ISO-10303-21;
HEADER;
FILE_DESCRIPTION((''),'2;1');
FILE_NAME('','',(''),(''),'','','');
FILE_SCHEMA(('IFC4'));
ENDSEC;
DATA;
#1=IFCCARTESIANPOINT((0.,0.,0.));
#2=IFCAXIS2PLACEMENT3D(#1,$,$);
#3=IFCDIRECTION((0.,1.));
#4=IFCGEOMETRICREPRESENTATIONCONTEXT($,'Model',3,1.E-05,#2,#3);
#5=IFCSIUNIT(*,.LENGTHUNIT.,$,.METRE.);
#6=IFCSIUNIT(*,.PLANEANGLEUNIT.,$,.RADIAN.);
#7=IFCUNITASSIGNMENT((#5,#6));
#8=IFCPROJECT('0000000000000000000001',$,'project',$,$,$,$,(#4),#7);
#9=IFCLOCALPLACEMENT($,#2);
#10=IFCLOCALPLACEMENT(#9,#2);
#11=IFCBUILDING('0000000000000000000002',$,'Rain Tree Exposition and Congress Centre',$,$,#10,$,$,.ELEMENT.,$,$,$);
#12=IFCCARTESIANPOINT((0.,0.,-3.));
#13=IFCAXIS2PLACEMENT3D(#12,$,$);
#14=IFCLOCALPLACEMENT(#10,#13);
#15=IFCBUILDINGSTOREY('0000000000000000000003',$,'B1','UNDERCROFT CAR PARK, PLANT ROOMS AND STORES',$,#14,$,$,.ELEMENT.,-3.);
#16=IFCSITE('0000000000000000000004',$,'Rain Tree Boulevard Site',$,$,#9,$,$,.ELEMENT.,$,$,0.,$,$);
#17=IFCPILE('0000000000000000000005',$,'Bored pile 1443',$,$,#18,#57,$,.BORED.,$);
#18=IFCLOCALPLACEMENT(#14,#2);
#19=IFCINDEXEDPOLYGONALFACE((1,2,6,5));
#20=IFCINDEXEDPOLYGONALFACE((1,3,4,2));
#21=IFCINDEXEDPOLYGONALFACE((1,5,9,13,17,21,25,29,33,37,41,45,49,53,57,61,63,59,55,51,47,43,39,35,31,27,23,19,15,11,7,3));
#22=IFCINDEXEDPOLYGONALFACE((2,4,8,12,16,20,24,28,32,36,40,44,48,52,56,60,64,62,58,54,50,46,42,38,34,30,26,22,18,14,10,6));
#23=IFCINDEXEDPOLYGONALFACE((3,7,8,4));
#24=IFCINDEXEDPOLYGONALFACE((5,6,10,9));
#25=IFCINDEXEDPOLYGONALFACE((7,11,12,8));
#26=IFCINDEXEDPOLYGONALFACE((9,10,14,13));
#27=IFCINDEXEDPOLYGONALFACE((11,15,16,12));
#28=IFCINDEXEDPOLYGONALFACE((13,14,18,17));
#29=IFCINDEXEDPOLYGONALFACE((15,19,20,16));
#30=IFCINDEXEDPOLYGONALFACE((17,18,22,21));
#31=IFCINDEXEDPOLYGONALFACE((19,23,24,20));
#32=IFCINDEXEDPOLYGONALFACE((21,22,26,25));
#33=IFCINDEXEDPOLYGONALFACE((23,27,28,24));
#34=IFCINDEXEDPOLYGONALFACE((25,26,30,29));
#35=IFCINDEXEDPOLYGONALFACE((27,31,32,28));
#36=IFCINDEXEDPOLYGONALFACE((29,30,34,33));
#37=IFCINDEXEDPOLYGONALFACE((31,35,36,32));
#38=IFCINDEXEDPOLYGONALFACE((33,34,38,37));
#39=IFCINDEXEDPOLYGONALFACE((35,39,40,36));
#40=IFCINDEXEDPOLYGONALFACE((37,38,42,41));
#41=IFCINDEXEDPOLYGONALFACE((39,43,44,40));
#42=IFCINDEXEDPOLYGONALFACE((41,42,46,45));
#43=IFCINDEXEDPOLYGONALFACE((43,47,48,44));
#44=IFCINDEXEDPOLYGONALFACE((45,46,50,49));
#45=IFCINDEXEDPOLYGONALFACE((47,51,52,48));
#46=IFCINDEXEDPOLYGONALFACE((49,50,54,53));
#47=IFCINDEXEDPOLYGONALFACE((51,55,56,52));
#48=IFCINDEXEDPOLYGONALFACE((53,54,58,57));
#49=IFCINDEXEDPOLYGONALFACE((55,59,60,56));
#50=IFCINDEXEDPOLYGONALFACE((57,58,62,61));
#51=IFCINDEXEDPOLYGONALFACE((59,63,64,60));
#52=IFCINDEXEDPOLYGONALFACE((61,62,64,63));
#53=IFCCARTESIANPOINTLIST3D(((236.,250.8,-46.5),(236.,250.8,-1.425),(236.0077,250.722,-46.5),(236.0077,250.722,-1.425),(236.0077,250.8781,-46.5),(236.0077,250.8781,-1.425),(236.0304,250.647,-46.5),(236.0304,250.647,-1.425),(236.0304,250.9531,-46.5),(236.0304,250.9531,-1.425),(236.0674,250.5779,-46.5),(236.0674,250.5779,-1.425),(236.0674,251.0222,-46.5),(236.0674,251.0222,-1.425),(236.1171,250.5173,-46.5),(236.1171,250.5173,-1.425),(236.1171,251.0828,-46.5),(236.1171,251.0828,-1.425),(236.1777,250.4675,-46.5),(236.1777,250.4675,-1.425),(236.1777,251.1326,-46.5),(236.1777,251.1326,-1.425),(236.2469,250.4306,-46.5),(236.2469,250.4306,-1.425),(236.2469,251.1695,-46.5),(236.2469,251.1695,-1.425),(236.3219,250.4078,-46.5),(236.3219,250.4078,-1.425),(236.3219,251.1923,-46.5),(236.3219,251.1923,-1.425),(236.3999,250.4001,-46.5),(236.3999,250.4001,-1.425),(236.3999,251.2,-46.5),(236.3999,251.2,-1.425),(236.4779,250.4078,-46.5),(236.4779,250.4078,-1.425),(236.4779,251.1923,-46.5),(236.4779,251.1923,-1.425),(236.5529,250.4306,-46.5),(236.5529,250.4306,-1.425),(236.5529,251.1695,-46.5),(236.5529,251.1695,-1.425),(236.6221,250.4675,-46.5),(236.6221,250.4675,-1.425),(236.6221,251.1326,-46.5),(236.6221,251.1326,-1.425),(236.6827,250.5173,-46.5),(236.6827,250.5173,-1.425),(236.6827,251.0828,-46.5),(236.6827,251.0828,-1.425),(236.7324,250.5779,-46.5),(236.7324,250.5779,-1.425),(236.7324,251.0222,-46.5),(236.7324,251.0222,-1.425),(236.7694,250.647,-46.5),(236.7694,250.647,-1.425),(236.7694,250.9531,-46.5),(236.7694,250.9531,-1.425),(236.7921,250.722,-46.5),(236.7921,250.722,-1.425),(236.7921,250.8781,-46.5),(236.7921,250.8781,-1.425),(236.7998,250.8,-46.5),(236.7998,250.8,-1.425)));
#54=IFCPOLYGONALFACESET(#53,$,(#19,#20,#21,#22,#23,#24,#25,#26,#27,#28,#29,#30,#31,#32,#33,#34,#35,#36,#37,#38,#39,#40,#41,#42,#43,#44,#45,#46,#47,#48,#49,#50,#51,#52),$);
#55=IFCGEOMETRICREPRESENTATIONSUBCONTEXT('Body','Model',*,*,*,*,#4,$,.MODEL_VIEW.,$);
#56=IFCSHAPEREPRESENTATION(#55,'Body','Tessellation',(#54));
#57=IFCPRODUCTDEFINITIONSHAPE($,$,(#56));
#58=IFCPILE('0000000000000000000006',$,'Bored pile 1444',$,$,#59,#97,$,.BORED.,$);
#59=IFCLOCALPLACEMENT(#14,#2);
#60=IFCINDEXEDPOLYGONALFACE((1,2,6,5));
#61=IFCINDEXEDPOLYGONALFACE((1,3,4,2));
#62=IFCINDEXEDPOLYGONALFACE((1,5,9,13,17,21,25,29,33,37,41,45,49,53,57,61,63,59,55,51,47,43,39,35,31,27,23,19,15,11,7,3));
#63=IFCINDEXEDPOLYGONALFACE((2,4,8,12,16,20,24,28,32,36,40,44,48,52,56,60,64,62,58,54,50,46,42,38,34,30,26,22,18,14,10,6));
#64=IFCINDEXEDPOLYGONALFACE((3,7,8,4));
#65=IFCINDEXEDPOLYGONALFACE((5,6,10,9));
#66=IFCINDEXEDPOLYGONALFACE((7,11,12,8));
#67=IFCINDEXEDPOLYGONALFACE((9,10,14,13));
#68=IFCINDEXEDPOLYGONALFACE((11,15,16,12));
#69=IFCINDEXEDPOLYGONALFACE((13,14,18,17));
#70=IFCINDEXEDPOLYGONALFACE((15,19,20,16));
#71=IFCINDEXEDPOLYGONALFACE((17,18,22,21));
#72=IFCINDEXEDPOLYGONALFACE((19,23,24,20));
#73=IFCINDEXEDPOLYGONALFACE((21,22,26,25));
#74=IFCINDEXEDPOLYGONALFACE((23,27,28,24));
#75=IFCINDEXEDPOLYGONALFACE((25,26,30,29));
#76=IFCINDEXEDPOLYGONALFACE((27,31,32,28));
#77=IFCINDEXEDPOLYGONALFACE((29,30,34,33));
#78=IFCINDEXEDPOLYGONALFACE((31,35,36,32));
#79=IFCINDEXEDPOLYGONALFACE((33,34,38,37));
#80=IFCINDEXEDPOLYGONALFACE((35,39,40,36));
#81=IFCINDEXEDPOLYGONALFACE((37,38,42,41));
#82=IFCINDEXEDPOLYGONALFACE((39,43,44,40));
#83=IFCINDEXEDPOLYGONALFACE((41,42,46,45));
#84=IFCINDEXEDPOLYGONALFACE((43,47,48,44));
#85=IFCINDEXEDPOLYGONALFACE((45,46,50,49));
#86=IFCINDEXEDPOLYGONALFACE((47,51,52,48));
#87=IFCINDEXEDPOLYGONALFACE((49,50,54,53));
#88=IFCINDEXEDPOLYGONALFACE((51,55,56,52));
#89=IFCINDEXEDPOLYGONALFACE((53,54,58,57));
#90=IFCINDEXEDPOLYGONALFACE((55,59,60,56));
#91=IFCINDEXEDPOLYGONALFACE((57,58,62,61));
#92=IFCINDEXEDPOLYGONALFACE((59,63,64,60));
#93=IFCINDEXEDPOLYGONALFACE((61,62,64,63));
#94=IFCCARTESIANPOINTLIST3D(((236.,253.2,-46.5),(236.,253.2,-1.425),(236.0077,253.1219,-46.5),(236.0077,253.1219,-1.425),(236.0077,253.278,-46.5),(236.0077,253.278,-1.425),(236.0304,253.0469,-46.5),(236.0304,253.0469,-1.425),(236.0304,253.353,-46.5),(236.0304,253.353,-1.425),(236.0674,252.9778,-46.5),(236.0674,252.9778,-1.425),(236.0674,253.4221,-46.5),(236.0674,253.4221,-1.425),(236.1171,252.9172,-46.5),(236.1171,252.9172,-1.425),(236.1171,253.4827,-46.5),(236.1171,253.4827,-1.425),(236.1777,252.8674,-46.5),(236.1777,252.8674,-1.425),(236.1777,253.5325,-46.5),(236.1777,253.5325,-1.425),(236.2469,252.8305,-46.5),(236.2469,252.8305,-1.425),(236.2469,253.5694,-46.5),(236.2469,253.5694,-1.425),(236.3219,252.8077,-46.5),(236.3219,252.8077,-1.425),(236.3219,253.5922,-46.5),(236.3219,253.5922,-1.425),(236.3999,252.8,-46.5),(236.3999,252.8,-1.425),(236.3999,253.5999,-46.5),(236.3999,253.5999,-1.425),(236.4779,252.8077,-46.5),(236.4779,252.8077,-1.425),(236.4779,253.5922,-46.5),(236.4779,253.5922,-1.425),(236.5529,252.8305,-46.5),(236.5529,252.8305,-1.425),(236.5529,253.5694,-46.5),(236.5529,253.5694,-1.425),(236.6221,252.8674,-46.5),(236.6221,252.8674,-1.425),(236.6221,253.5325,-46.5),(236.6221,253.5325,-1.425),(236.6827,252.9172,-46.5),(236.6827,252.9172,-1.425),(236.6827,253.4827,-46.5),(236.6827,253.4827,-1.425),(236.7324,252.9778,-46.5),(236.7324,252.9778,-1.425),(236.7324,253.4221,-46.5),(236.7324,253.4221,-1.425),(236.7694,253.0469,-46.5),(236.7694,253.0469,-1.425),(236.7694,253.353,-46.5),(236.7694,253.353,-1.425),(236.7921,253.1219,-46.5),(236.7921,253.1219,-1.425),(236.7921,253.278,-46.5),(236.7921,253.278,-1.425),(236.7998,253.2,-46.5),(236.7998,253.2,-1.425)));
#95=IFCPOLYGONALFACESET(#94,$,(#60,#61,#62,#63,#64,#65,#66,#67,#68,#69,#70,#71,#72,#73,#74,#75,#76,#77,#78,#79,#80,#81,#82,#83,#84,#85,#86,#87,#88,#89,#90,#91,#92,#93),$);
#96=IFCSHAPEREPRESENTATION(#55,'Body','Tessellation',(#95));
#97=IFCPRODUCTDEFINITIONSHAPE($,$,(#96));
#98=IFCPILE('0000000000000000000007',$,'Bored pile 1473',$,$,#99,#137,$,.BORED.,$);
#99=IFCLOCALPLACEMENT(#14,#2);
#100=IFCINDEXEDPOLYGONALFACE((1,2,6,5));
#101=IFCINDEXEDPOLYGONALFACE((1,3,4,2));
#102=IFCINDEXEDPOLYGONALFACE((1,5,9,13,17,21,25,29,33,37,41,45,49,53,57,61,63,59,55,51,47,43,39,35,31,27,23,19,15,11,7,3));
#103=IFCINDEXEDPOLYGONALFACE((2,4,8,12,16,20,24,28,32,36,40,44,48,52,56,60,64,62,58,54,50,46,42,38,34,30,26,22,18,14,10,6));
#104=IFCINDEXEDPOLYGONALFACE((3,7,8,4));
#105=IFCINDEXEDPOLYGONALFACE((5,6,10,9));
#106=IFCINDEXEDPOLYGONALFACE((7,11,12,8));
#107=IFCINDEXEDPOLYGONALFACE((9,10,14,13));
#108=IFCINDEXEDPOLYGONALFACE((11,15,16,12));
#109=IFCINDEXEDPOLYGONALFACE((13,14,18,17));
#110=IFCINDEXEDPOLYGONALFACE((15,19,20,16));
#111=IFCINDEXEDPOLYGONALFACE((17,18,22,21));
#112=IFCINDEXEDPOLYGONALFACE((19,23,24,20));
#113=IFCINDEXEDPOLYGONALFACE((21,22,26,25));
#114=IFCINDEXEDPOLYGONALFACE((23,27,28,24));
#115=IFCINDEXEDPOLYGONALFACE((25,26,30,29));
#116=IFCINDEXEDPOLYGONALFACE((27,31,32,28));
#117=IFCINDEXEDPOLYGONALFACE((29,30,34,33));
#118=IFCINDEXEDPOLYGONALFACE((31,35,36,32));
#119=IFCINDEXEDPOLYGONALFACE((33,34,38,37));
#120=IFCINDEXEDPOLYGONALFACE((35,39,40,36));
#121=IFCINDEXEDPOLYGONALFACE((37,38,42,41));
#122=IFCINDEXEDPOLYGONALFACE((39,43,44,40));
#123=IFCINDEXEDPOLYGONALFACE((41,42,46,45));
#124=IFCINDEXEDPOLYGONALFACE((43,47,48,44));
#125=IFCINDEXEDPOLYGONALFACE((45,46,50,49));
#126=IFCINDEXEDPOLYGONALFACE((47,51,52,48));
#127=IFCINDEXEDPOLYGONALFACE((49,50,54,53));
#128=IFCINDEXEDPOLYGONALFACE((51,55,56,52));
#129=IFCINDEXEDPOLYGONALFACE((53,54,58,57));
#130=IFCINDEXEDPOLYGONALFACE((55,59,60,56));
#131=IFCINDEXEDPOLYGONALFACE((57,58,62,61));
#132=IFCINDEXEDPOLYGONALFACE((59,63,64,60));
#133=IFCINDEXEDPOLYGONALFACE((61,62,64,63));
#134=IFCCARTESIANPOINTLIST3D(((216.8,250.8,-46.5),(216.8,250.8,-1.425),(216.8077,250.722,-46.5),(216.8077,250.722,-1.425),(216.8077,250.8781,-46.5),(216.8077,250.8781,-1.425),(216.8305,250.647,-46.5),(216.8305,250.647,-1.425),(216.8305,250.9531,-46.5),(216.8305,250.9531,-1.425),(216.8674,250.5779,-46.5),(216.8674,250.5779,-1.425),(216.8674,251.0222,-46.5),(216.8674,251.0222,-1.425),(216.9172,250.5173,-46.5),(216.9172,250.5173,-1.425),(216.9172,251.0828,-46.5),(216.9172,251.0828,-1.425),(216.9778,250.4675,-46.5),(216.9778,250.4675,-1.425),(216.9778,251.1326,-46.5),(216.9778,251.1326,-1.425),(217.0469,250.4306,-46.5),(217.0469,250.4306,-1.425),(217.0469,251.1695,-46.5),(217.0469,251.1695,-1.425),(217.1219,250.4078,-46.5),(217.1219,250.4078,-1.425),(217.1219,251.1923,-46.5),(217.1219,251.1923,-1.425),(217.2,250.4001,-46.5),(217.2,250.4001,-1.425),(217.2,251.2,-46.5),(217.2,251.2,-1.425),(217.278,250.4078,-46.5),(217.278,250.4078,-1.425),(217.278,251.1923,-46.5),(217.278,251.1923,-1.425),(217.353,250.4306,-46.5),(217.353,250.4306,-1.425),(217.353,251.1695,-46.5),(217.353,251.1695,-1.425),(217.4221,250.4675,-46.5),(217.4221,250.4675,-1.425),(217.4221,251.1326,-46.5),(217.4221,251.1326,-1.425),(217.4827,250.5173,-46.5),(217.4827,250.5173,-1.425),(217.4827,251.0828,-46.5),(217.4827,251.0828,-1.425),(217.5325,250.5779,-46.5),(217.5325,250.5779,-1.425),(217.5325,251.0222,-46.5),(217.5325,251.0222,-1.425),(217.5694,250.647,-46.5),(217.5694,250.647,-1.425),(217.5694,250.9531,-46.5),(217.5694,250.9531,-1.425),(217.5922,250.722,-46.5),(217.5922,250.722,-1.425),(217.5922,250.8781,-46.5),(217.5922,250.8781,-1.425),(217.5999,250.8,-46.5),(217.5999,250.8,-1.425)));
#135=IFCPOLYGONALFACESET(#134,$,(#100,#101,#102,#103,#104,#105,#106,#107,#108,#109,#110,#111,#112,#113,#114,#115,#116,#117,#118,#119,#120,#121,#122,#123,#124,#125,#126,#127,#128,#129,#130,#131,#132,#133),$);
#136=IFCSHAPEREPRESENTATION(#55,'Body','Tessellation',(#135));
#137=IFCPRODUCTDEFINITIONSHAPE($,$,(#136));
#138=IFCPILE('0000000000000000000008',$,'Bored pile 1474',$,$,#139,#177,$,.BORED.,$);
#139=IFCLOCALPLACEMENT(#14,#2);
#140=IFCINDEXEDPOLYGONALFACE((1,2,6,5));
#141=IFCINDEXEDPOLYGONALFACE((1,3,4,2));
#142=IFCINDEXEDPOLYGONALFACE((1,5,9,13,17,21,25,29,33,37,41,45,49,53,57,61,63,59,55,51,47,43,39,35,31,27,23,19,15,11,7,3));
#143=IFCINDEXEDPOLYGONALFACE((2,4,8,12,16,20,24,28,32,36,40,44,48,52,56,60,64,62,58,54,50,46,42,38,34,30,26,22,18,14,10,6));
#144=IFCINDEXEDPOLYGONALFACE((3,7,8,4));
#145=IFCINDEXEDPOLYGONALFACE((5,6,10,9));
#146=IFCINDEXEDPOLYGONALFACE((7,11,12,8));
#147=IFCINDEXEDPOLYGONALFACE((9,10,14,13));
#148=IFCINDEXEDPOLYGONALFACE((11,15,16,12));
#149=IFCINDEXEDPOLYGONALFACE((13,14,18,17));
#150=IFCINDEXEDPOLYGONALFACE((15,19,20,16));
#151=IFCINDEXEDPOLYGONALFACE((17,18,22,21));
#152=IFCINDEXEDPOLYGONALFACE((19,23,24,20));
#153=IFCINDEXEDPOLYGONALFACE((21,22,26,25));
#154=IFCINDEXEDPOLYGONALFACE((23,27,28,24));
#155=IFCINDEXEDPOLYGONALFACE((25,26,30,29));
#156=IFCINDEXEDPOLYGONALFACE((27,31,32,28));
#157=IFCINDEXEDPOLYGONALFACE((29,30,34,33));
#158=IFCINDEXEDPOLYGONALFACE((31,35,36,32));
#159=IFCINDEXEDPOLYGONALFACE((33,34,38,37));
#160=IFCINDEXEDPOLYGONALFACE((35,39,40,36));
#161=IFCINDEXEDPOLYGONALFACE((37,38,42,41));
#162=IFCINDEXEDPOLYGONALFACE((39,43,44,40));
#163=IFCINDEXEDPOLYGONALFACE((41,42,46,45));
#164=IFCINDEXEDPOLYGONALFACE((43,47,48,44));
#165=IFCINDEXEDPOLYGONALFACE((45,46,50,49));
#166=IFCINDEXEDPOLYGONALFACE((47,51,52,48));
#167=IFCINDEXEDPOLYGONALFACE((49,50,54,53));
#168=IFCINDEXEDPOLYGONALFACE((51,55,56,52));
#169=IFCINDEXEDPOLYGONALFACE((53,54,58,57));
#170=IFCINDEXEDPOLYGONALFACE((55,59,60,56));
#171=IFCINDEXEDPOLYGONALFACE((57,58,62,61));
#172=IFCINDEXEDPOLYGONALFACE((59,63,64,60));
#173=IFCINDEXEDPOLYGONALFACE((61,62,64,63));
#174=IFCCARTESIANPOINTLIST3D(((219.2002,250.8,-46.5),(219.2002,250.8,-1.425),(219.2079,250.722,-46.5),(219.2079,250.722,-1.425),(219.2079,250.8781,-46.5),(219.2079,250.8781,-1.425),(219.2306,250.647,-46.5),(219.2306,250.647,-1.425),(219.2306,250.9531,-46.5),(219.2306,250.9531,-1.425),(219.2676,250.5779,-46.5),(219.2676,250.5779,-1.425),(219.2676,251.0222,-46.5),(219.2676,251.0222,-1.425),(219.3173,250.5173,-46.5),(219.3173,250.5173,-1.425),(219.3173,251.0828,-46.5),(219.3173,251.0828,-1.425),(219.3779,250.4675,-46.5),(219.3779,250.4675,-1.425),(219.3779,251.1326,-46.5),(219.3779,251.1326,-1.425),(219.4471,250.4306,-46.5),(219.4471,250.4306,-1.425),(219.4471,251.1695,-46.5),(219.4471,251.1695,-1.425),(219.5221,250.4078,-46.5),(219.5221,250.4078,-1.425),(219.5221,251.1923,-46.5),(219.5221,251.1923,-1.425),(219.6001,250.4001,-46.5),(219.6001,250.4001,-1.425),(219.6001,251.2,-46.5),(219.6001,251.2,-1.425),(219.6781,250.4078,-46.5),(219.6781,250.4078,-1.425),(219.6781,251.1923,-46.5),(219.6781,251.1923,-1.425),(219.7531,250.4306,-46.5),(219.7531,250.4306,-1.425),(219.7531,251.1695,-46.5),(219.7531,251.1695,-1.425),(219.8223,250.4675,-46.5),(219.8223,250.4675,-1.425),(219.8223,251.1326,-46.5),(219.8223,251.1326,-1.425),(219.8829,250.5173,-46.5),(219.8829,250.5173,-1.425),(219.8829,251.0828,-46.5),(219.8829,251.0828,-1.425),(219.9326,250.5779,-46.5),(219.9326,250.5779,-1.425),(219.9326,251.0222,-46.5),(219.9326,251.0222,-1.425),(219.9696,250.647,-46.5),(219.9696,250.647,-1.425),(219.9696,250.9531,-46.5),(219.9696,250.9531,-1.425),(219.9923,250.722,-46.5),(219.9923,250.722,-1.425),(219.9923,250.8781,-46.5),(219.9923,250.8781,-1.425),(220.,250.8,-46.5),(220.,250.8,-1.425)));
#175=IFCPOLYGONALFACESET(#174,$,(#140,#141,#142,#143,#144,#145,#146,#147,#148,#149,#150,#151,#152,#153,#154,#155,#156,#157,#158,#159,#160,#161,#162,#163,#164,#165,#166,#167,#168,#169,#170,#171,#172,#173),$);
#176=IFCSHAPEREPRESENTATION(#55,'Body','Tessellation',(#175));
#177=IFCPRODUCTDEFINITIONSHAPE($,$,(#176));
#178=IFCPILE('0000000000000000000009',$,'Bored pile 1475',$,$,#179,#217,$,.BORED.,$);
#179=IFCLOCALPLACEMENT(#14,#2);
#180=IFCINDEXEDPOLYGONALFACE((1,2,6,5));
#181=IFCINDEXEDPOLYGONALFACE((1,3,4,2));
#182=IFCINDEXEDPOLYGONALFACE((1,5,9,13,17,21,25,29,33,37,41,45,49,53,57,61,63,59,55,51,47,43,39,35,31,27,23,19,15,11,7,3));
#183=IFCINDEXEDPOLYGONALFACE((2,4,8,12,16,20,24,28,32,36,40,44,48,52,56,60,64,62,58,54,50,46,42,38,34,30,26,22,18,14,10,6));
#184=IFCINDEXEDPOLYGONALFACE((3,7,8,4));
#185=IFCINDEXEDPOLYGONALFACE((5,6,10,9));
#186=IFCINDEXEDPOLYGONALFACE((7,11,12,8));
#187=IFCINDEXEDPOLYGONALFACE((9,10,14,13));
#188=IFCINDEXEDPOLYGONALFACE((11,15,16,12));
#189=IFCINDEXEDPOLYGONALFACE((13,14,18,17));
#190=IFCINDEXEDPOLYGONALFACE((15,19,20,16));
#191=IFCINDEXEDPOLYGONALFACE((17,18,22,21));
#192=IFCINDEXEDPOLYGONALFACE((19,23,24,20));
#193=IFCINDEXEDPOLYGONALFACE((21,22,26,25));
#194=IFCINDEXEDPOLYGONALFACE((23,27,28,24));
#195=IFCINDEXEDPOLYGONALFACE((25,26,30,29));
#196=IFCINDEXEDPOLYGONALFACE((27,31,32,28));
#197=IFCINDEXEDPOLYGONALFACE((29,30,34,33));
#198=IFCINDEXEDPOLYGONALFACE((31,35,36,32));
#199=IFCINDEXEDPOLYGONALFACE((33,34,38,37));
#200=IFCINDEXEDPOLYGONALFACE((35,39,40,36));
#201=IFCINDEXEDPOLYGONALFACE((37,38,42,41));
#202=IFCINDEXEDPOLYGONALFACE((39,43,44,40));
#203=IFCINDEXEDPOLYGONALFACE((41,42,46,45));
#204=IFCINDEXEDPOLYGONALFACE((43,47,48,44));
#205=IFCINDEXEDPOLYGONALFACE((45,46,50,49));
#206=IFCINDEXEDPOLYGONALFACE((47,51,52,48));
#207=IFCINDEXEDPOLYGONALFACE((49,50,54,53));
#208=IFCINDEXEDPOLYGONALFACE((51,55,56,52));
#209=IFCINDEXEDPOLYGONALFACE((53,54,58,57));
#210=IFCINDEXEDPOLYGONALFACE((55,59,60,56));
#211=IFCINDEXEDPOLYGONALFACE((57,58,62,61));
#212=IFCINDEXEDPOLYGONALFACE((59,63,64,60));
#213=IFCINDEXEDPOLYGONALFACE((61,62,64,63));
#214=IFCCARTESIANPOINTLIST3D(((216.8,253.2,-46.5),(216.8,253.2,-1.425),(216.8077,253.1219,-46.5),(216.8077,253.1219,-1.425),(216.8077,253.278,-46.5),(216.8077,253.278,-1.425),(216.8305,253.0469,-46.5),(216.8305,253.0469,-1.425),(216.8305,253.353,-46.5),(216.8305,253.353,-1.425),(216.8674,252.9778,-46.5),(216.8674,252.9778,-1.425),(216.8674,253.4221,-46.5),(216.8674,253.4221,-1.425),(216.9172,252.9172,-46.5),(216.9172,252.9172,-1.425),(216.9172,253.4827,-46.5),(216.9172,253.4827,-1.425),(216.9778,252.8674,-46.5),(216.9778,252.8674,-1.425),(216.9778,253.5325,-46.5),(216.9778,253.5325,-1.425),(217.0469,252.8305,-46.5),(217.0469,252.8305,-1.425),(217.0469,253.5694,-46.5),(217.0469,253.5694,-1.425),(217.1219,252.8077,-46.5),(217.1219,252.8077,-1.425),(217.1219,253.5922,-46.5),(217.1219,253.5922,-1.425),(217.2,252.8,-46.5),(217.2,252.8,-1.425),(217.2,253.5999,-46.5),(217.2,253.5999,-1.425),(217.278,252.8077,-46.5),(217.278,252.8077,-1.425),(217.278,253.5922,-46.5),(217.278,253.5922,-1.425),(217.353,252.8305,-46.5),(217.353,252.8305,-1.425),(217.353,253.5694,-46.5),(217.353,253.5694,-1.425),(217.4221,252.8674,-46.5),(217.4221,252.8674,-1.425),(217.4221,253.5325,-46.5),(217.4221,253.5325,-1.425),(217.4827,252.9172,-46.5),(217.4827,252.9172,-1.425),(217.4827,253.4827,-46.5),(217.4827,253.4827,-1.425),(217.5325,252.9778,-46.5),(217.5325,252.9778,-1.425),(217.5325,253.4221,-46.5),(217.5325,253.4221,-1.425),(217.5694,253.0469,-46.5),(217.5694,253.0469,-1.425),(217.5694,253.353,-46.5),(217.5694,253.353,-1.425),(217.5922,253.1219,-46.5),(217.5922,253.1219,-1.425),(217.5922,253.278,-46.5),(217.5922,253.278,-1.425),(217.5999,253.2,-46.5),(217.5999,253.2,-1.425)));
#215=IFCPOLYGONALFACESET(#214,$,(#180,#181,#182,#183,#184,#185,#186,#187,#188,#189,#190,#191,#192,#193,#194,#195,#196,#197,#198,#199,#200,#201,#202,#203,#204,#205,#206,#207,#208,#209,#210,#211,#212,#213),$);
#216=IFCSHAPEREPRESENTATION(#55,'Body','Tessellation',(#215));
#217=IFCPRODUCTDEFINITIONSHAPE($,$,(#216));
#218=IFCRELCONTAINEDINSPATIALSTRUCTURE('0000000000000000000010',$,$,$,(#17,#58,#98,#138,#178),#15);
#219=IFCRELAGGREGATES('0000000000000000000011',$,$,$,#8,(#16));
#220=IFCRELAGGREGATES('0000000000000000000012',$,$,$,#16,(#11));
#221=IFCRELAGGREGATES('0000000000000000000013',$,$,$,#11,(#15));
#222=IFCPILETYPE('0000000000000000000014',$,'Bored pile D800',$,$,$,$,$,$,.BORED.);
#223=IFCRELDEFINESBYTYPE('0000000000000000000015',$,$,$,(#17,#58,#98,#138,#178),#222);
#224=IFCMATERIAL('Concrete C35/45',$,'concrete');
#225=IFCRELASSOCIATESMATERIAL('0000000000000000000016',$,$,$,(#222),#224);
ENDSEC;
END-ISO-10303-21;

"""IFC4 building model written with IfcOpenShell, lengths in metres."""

from ifc_helpers import new_model, si_unit, direction, frame, origin, origin_2d, place, context, subcontext, project, spatial, circle, extrude, material, material_profile, profile_set, type_object, element, save


model = new_model("IFC4")

# Units and contexts
model_context = context("Model", 3, precision=1e-05, world=origin(), true_north=direction((0.0, 1.0)))
body_context = subcontext(model_context, "Body", "Model", "MODEL_VIEW")
ifc_project = project(units=[si_unit("LENGTHUNIT", "METRE"), si_unit("PLANEANGLEUNIT", "RADIAN")], contexts=[model_context])

# Site, building, storey
site_placement = place(None, origin())
site = spatial("IfcSite", under=ifc_project, at=site_placement, Name="Rain Tree Boulevard Site", CompositionType="ELEMENT", RefElevation=0.0)
building_placement = place(site_placement, origin())
building = spatial("IfcBuilding", under=site, at=building_placement, Name="Rain Tree Exposition and Congress Centre", CompositionType="ELEMENT")
storey_placement = place(building_placement, frame((0.0, 0.0, -3.0)))
storey = spatial("IfcBuildingStorey", under=building, at=storey_placement, Name="B1", Description="UNDERCROFT CAR PARK, PLANT ROOMS AND STORES", CompositionType="ELEMENT", Elevation=-3.0)

# Piles
ifc_material_1 = material(Name="Concrete C35/45", Category="concrete")
ifc_material_profile_1 = material_profile(ifc_material_1, circle(Radius=0.3999, at=origin_2d()), Name="D800")
ifc_profile_set_1 = profile_set([ifc_material_profile_1], Name="Concrete C35/45")
pile_type = type_object("IfcPileType", Name="Bored pile D800", PredefinedType="BORED", material=ifc_profile_set_1)
for number, where, z_axis, x_axis, name in (
    (1, (236.3999, 250.8, -1.425), (0.0, 0.0, -1.0), (1.0, 0.0, 0.0), "Bored pile 1443"),
    (2, (236.3999, 253.2, -1.425), (0.0, 0.0, -1.0), (1.0, 0.0, 0.0), "Bored pile 1444"),
    (3, (217.2, 250.8, -1.425), (0.0, 0.0, -1.0), (1.0, 0.0, 0.0), "Bored pile 1473"),
    (4, (219.6001, 250.8, -1.425), (0.0, 0.0, -1.0), (1.0, 0.0, 0.0), "Bored pile 1474"),
    (5, (217.2, 253.2, -1.425), (0.0, 0.0, -1.0), (1.0, 0.0, 0.0), "Bored pile 1475"),
):
    element("IfcPile", number, at=place(storey_placement, frame(where, z_axis=z_axis, x_axis=x_axis)), inside=storey, type_object=pile_type, Name=name, PredefinedType="BORED", context=body_context, shape_type="SweptSolid", body=[
        extrude(circle(Radius=0.3999, at=origin_2d()), origin(), (0.0, 0.0, 1.0), 45.075),
    ])

save(model, "model.ifc")
